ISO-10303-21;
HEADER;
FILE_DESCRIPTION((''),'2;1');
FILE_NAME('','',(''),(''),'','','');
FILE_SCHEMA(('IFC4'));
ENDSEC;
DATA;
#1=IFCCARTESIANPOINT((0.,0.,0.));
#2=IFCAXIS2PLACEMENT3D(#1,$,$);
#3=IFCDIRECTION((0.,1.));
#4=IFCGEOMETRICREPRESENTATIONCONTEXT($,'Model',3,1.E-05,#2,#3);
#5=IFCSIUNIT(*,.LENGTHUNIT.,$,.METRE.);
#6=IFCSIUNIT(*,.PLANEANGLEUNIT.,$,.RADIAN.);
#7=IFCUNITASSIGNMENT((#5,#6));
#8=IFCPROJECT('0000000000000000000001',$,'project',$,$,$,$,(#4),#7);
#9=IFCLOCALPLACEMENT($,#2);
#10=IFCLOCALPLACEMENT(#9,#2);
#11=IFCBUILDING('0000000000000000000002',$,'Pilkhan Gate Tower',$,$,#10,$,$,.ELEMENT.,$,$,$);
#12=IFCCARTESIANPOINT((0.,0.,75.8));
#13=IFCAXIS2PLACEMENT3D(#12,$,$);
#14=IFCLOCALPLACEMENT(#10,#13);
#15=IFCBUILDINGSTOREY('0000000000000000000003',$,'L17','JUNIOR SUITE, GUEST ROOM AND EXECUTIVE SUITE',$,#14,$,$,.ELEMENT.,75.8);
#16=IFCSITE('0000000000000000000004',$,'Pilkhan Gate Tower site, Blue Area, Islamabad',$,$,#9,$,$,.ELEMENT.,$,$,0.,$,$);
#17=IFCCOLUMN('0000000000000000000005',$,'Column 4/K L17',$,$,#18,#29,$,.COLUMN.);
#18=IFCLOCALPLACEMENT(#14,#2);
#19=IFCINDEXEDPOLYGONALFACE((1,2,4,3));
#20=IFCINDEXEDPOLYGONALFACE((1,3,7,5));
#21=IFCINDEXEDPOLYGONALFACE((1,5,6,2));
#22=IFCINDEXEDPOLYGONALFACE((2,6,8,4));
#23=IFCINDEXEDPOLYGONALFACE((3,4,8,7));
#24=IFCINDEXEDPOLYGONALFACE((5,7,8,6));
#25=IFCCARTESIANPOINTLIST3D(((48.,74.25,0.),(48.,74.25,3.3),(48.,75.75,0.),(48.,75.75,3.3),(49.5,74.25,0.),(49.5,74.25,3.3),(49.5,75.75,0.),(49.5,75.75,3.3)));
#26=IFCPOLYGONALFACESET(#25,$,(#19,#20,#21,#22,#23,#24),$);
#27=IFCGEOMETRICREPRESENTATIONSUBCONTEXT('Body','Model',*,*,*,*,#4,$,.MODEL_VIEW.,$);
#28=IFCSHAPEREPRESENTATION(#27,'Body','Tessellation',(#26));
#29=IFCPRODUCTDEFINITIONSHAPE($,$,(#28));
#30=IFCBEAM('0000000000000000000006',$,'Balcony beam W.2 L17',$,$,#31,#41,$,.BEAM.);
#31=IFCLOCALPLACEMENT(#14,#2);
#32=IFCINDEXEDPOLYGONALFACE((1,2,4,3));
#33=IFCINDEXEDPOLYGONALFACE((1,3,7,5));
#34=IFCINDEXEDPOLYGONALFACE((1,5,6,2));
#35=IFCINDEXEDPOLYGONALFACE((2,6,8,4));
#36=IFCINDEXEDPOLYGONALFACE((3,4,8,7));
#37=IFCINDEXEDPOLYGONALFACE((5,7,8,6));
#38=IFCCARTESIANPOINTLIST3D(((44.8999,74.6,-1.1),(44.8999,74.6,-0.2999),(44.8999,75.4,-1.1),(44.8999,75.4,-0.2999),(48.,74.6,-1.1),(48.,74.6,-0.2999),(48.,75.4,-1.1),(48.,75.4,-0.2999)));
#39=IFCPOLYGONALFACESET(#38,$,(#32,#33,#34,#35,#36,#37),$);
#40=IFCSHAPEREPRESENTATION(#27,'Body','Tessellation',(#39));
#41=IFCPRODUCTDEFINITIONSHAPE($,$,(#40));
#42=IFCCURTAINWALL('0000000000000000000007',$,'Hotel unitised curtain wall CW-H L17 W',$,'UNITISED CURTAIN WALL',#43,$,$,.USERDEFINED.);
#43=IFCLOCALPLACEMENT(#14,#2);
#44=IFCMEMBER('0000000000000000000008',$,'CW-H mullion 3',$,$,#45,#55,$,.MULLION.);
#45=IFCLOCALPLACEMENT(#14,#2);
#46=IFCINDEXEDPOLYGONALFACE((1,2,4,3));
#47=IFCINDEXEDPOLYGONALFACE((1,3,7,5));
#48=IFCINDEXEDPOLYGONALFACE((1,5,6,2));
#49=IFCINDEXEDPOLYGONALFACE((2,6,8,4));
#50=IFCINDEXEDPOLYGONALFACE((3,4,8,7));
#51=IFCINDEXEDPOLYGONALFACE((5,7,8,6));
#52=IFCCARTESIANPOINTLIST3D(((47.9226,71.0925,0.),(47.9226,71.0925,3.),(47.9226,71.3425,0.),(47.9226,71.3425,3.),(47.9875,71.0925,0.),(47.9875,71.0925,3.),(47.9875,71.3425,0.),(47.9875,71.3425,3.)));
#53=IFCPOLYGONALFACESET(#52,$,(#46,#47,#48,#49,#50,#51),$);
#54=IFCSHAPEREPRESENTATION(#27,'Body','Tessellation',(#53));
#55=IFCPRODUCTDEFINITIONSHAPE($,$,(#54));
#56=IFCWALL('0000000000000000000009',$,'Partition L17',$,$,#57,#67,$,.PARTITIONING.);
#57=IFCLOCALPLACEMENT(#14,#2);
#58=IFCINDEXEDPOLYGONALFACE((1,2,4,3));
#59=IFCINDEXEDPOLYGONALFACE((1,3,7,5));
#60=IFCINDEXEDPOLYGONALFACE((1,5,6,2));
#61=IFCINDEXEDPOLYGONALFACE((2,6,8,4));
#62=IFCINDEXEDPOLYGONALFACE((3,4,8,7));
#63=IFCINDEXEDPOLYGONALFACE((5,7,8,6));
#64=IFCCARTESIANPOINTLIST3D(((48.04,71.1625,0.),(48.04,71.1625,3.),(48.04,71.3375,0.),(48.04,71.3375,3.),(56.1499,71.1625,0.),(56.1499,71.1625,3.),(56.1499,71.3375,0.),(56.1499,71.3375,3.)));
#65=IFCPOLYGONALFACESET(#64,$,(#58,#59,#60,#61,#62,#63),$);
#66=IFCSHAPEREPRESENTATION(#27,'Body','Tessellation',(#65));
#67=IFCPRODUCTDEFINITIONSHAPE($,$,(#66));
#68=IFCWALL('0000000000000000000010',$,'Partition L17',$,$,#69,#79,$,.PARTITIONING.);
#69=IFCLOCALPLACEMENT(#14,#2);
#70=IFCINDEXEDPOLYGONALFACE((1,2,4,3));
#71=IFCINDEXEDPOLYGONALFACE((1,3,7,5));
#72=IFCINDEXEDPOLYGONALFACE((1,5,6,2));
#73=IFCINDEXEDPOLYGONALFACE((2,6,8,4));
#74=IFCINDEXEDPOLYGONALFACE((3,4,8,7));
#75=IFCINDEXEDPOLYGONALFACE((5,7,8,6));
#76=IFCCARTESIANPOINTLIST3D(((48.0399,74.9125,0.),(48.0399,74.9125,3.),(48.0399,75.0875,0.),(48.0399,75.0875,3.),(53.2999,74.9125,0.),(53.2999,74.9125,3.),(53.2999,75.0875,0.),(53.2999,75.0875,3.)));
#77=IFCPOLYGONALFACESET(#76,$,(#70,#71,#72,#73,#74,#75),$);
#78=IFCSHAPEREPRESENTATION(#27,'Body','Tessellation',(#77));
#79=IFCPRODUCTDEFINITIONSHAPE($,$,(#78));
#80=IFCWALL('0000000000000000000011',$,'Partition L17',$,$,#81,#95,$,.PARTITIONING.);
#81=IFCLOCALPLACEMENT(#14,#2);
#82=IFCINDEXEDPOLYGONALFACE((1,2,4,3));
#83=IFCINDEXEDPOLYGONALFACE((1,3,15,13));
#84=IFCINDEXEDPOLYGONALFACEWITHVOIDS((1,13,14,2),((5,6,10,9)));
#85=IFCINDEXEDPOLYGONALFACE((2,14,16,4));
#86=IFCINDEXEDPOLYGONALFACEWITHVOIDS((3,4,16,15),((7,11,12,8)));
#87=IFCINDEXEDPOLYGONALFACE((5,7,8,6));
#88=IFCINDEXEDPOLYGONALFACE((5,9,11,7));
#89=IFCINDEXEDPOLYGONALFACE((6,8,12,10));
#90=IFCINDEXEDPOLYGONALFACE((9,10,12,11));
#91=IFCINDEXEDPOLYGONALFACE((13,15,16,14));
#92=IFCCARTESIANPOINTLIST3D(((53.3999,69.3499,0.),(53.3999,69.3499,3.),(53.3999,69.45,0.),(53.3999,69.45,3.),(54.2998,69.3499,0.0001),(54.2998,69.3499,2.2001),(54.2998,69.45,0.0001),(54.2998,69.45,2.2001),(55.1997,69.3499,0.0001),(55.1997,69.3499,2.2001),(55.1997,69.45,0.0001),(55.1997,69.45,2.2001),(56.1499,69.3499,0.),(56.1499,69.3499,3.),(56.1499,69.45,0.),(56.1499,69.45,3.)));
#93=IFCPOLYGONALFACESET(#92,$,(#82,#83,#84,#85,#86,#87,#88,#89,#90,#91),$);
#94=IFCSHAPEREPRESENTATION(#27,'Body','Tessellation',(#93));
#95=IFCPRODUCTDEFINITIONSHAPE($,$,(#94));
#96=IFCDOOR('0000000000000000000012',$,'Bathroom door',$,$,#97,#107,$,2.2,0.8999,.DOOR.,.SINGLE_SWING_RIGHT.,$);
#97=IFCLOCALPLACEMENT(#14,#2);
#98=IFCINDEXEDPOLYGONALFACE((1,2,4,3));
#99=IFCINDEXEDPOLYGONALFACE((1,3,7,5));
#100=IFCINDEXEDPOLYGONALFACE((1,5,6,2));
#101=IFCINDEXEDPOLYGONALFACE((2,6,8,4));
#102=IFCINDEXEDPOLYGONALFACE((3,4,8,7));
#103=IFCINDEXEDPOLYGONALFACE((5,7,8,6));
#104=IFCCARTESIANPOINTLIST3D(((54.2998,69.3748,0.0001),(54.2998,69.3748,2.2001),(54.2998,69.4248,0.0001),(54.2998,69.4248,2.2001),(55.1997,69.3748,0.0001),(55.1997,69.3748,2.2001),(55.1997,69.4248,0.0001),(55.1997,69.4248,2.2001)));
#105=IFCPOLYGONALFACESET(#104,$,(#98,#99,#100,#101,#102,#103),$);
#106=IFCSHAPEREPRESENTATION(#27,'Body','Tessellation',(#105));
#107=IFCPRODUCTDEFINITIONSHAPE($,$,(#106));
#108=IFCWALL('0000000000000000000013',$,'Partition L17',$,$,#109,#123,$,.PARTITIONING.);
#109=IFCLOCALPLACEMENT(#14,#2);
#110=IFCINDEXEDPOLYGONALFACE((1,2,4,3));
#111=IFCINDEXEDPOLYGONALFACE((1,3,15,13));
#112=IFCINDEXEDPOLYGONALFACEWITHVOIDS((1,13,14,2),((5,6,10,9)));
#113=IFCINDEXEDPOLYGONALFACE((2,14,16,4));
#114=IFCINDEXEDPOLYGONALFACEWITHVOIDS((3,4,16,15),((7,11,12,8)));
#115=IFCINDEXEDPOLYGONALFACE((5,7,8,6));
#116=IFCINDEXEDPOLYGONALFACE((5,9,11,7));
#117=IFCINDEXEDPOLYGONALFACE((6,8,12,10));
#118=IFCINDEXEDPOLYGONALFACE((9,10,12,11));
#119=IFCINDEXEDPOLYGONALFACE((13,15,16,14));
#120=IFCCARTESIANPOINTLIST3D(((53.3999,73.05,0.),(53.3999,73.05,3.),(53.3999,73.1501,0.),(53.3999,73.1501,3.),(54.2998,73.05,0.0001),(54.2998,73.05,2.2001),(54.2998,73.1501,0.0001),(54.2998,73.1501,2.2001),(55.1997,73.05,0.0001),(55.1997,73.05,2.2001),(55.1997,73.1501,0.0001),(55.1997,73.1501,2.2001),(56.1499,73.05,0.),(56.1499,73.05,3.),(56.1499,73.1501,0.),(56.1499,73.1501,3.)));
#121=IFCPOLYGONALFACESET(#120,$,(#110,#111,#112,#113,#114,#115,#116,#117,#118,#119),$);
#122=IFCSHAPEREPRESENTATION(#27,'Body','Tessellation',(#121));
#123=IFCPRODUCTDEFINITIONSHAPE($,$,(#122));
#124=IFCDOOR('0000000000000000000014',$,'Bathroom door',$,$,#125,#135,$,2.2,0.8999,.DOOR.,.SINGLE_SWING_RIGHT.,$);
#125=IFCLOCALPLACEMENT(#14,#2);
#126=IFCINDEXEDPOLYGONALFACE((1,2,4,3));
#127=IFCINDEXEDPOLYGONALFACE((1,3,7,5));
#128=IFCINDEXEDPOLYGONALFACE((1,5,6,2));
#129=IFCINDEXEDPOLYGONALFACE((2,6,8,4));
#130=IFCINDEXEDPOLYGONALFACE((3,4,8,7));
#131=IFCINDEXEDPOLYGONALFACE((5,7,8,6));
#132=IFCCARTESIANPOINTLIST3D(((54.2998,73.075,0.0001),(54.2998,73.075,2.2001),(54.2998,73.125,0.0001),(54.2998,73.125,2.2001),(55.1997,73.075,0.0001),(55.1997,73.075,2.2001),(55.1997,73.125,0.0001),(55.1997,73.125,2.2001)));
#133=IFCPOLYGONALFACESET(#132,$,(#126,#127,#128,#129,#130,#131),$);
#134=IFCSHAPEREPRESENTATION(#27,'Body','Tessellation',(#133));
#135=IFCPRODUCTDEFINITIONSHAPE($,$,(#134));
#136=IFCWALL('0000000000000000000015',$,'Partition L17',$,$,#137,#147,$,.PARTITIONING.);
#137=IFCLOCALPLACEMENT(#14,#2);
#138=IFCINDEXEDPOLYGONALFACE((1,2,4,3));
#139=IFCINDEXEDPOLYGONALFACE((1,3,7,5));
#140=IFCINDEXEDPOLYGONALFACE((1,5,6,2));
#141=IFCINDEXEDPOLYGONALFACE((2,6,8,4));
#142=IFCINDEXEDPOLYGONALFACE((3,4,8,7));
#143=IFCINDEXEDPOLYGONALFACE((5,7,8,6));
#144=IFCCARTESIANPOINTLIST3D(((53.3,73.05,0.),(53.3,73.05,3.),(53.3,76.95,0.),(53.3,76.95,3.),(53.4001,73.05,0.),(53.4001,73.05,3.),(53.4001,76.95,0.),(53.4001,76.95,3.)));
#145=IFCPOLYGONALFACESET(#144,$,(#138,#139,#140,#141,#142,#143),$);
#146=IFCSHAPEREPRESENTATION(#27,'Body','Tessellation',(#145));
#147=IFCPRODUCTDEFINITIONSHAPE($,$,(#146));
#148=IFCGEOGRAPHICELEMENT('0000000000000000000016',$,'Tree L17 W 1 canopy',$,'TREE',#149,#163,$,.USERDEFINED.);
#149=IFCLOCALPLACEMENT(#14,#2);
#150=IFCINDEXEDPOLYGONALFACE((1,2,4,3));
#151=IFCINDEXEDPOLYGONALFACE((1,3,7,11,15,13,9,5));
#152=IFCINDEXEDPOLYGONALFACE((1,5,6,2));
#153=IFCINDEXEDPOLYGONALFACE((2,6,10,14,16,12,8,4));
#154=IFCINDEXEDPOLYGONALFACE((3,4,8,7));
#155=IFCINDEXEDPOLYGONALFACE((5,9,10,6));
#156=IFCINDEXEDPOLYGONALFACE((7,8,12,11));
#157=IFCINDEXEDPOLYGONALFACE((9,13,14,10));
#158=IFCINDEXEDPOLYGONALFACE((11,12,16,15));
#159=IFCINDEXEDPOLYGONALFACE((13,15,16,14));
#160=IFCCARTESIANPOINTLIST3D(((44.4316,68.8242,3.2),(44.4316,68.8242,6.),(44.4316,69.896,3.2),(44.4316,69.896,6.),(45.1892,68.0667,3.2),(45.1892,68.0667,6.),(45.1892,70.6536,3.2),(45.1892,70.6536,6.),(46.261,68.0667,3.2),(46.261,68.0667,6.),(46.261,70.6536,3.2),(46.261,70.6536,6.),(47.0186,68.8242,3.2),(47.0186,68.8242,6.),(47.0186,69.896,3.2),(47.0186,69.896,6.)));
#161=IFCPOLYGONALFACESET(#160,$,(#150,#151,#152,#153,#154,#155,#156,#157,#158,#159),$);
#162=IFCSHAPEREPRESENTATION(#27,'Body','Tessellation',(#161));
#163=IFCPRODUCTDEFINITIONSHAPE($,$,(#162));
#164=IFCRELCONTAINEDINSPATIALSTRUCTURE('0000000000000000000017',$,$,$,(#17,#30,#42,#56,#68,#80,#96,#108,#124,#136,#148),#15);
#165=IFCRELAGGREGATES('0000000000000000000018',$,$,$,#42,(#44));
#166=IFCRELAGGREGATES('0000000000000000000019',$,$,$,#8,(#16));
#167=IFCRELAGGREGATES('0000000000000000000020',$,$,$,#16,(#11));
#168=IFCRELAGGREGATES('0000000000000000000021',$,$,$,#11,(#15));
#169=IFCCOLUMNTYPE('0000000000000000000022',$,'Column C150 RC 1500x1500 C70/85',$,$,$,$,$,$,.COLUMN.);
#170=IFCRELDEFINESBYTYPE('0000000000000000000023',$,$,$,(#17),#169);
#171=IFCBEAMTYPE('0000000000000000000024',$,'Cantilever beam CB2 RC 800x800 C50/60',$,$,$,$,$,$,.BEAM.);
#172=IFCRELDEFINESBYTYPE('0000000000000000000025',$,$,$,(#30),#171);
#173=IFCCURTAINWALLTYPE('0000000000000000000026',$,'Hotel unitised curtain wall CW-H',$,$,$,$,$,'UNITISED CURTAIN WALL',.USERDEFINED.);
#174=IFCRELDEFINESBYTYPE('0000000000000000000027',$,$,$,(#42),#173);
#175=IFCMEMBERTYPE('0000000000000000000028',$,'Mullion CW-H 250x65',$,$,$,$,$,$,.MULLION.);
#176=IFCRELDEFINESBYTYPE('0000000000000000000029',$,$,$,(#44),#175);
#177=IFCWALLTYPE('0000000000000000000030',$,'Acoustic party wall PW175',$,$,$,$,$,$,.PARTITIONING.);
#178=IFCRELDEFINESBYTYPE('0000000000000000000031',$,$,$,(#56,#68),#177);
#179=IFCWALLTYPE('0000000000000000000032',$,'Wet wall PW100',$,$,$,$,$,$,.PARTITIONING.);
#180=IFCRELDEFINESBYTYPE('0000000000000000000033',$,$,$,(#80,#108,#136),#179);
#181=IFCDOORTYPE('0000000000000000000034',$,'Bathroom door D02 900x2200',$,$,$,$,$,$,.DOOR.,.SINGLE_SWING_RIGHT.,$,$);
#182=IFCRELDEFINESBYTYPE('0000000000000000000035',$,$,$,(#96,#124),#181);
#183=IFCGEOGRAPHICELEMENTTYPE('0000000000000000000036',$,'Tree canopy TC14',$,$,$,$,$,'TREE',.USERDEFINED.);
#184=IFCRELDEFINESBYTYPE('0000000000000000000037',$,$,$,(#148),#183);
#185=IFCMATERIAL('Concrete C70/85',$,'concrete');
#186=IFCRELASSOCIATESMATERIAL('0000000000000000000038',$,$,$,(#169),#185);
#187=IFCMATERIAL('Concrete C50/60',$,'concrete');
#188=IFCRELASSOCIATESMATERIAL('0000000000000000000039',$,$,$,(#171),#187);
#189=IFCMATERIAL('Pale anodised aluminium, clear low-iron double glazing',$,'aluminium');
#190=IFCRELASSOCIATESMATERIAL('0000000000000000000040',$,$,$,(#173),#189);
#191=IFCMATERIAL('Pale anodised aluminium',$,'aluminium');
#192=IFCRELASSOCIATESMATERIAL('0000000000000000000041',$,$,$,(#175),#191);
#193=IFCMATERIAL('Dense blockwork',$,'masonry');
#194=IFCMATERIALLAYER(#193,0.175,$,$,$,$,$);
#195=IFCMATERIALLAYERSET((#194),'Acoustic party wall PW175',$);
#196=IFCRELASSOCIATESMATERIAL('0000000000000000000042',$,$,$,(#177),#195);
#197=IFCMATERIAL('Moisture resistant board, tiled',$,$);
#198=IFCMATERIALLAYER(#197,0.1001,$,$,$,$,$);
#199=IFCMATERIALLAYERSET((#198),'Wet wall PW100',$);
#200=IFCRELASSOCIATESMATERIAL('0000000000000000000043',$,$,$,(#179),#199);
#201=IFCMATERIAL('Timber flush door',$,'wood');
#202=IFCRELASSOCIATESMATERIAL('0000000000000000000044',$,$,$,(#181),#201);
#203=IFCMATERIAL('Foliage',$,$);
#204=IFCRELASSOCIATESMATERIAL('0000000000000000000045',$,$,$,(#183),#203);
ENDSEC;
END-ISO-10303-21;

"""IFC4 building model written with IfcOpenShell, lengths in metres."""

from ifc_helpers import new_model, si_unit, direction, frame, frame_2d, origin, origin_2d, place, context, subcontext, project, spatial, polyline, rectangle, outline, extrude, material, layer, layer_set, material_profile, profile_set, type_object, element, fill, aggregate, save


model = new_model("IFC4")

# Units and contexts
model_context = context("Model", 3, precision=1e-05, world=origin(), true_north=direction((0.0, 1.0)))
body_context = subcontext(model_context, "Body", "Model", "MODEL_VIEW")
ifc_project = project(units=[si_unit("LENGTHUNIT", "METRE"), si_unit("PLANEANGLEUNIT", "RADIAN")], contexts=[model_context])

# Site, building, storey
site_placement = place(None, origin())
site = spatial("IfcSite", under=ifc_project, at=site_placement, Name="Pilkhan Gate Tower site, Blue Area, Islamabad", CompositionType="ELEMENT", RefElevation=0.0)
building_placement = place(site_placement, origin())
building = spatial("IfcBuilding", under=site, at=building_placement, Name="Pilkhan Gate Tower", CompositionType="ELEMENT")
storey_placement = place(building_placement, frame((0.0, 0.0, 75.8)))
storey = spatial("IfcBuildingStorey", under=building, at=storey_placement, Name="L17", Description="JUNIOR SUITE, GUEST ROOM AND EXECUTIVE SUITE", CompositionType="ELEMENT", Elevation=75.8)

# Column
ifc_material_1 = material(Name="Concrete C70/85", Category="concrete")
ifc_material_profile_1 = material_profile(ifc_material_1, rectangle(XDim=1.5, YDim=1.5, at=origin_2d()), Name="RC 1500x1500")
ifc_profile_set_1 = profile_set([ifc_material_profile_1], Name="Concrete C70/85")
column_type = type_object("IfcColumnType", Name="Column C150 RC 1500x1500 C70/85", PredefinedType="COLUMN", material=ifc_profile_set_1)
column_placement = place(storey_placement, frame((48.75, 75.0, 0.0), z_axis=(0.0, 0.0, 1.0), x_axis=(1.0, 0.0, 0.0)))
element("IfcColumn", 1, at=column_placement, inside=storey, type_object=column_type, Name="Column 4/K L17", PredefinedType="COLUMN", context=body_context, shape_type="SweptSolid", body=[
    extrude(rectangle(XDim=1.5, YDim=1.5, at=origin_2d()), origin(), (0.0, 0.0, 1.0), 3.3),
])

# Beam
ifc_material_2 = material(Name="Concrete C50/60", Category="concrete")
ifc_material_profile_2 = material_profile(ifc_material_2, rectangle(XDim=0.8, YDim=0.8, at=origin_2d()), Name="RC 800x800")
ifc_profile_set_2 = profile_set([ifc_material_profile_2], Name="Concrete C50/60")
beam_type = type_object("IfcBeamType", Name="Cantilever beam CB2 RC 800x800 C50/60", PredefinedType="BEAM", material=ifc_profile_set_2)
beam_placement = place(storey_placement, frame((48.0, 75.0, -0.7), z_axis=(-1.0, 0.0, 0.0), x_axis=(0.0, -1.0, 0.0)))
element("IfcBeam", 2, at=beam_placement, inside=storey, type_object=beam_type, Name="Balcony beam W.2 L17", PredefinedType="BEAM", context=body_context, shape_type="SweptSolid", body=[
    extrude(rectangle(XDim=0.8, YDim=0.8, at=origin_2d()), origin(), (0.0, 0.0, 1.0), 3.1001),
])

# Curtain wall, member
ifc_material_3 = material(Name="Pale anodised aluminium, clear low-iron double glazing", Category="aluminium")
curtain_wall_type = type_object("IfcCurtainWallType", Name="Hotel unitised curtain wall CW-H", ElementType="UNITISED CURTAIN WALL", PredefinedType="USERDEFINED", material=ifc_material_3)
curtain_wall_placement = place(storey_placement, origin())
curtain_wall = element("IfcCurtainWall", 3, at=curtain_wall_placement, inside=storey, type_object=curtain_wall_type, Name="Hotel unitised curtain wall CW-H L17 W", ObjectType="UNITISED CURTAIN WALL", PredefinedType="USERDEFINED")
ifc_material_4 = material(Name="Pale anodised aluminium", Category="aluminium")
ifc_material_profile_3 = material_profile(ifc_material_4, rectangle(XDim=0.0649, YDim=0.25, at=origin_2d()), Name="Mullion 250x65")
ifc_profile_set_3 = profile_set([ifc_material_profile_3], Name="Pale anodised aluminium")
member_type = type_object("IfcMemberType", Name="Mullion CW-H 250x65", PredefinedType="MULLION", material=ifc_profile_set_3)
member_placement = place(storey_placement, frame((47.9551, 71.2175, 0.0), z_axis=(0.0, 0.0, 1.0), x_axis=(-1.0, 0.0, 0.0)))
member = element("IfcMember", 4, at=member_placement, type_object=member_type, Name="CW-H mullion 3", PredefinedType="MULLION", context=body_context, shape_type="SweptSolid", body=[
    extrude(rectangle(XDim=0.0649, YDim=0.25, at=origin_2d()), origin(), (0.0, 0.0, 1.0), 3.0),
])
aggregate(curtain_wall, [member])

# Walls
ifc_material_5 = material(Name="Dense blockwork", Category="masonry")
ifc_layer_1 = layer(ifc_material_5, 0.175)
ifc_layer_set_1 = layer_set([ifc_layer_1], Name="Acoustic party wall PW175")
wall_type_1 = type_object("IfcWallType", Name="Acoustic party wall PW175", PredefinedType="PARTITIONING", material=ifc_layer_set_1)
wall_1_placement = place(storey_placement, frame((48.04, 71.25, 0.0), z_axis=(0.0, 0.0, 1.0), x_axis=(1.0, 0.0, 0.0)))
element("IfcWall", 5, at=wall_1_placement, inside=storey, type_object=wall_type_1, Name="Partition L17", PredefinedType="PARTITIONING", context=body_context, shape_type="SweptSolid", body=[
    extrude(rectangle(XDim=8.1099, YDim=0.175, at=frame_2d((4.0549, 0.0))), origin(), (0.0, 0.0, 1.0), 3.0),
])
wall_2_placement = place(storey_placement, frame((48.04, 75.0, 0.0), z_axis=(0.0, 0.0, 1.0), x_axis=(1.0, 0.0, 0.0)))
element("IfcWall", 6, at=wall_2_placement, inside=storey, type_object=wall_type_1, Name="Partition L17", PredefinedType="PARTITIONING", context=body_context, shape_type="SweptSolid", body=[
    extrude(rectangle(XDim=5.26, YDim=0.175, at=frame_2d((2.6299, 0.0))), origin(), (0.0, 0.0, 1.0), 3.0),
])

# Walls, openings, doors
ifc_material_6 = material(Name="Moisture resistant board, tiled")
ifc_layer_2 = layer(ifc_material_6, 0.1001)
ifc_layer_set_2 = layer_set([ifc_layer_2], Name="Wet wall PW100")
wall_type_2 = type_object("IfcWallType", Name="Wet wall PW100", PredefinedType="PARTITIONING", material=ifc_layer_set_2)
wall_3_placement = place(storey_placement, frame((53.3999, 69.3999, 0.0), z_axis=(0.0, 0.0, 1.0), x_axis=(1.0, 0.0, 0.0)))
wall_3 = element("IfcWall", 7, at=wall_3_placement, inside=storey, type_object=wall_type_2, Name="Partition L17", PredefinedType="PARTITIONING", context=body_context, shape_type="SweptSolid", body=[
    extrude(rectangle(XDim=2.75, YDim=0.1001, at=frame_2d((1.375, 0.0))), origin(), (0.0, 0.0, 1.0), 3.0),
])
opening_1_placement = place(wall_3_placement, frame((0.8999, 0.0, 0.0)))
opening_1 = element("IfcOpeningElement", 8, at=opening_1_placement, cuts=wall_3, PredefinedType="OPENING", context=body_context, shape_type="SweptSolid", body=[
    extrude(rectangle(XDim=0.8999, YDim=2.2, at=frame_2d((0.45, 1.1001))), frame((0.0, 0.0601, 0.0), z_axis=(0.0, -1.0, 0.0), x_axis=(1.0, 0.0, 0.0)), (0.0, 0.0, 1.0), 0.1201),
])
ifc_material_7 = material(Name="Timber flush door", Category="wood")
door_type_1 = type_object("IfcDoorType", Name="Bathroom door D02 900x2200", OperationType="SINGLE_SWING_RIGHT", PredefinedType="DOOR", material=ifc_material_7)
door_1_placement = place(opening_1_placement, origin())
door_1 = element("IfcDoor", 9, at=door_1_placement, inside=storey, type_object=door_type_1, Name="Bathroom door", OperationType="SINGLE_SWING_RIGHT", OverallHeight=2.2, OverallWidth=0.8999, PredefinedType="DOOR", context=body_context, shape_type="SweptSolid", body=[
    extrude(rectangle(XDim=0.8999, YDim=2.2, at=frame_2d((0.45, 1.1001))), frame((0.0, 0.0249, 0.0), z_axis=(0.0, -1.0, 0.0), x_axis=(1.0, 0.0, 0.0)), (0.0, 0.0, 1.0), 0.05),
])
fill(opening_1, door_1)
wall_4_placement = place(storey_placement, frame((53.3999, 73.1001, 0.0), z_axis=(0.0, 0.0, 1.0), x_axis=(1.0, 0.0, 0.0)))
wall_4 = element("IfcWall", 10, at=wall_4_placement, inside=storey, type_object=wall_type_2, Name="Partition L17", PredefinedType="PARTITIONING", context=body_context, shape_type="SweptSolid", body=[
    extrude(rectangle(XDim=2.75, YDim=0.1001, at=frame_2d((1.375, 0.0))), origin(), (0.0, 0.0, 1.0), 3.0),
])
opening_2_placement = place(wall_4_placement, frame((0.8999, 0.0, 0.0)))
opening_2 = element("IfcOpeningElement", 11, at=opening_2_placement, cuts=wall_4, PredefinedType="OPENING", context=body_context, shape_type="SweptSolid", body=[
    extrude(rectangle(XDim=0.8999, YDim=2.2, at=frame_2d((0.45, 1.1001))), frame((0.0, 0.0601, 0.0), z_axis=(0.0, -1.0, 0.0), x_axis=(1.0, 0.0, 0.0)), (0.0, 0.0, 1.0), 0.1201),
])
door_2_placement = place(opening_2_placement, origin())
door_2 = element("IfcDoor", 12, at=door_2_placement, inside=storey, type_object=door_type_1, Name="Bathroom door", OperationType="SINGLE_SWING_RIGHT", OverallHeight=2.2, OverallWidth=0.8999, PredefinedType="DOOR", context=body_context, shape_type="SweptSolid", body=[
    extrude(rectangle(XDim=0.8999, YDim=2.2, at=frame_2d((0.45, 1.1001))), frame((0.0, 0.0249, 0.0), z_axis=(0.0, -1.0, 0.0), x_axis=(1.0, 0.0, 0.0)), (0.0, 0.0, 1.0), 0.05),
])
fill(opening_2, door_2)

# Wall
wall_5_placement = place(storey_placement, frame((53.3501, 73.05, 0.0), z_axis=(0.0, 0.0, 1.0), x_axis=(0.0, 1.0, 0.0)))
element("IfcWall", 13, at=wall_5_placement, inside=storey, type_object=wall_type_2, Name="Partition L17", PredefinedType="PARTITIONING", context=body_context, shape_type="SweptSolid", body=[
    extrude(rectangle(XDim=3.8999, YDim=0.1001, at=frame_2d((1.95, 0.0))), origin(), (0.0, 0.0, 1.0), 3.0),
])

# Geographic element
ifc_material_8 = material(Name="Foliage")
ifc_material_profile_4 = material_profile(ifc_material_8, outline(polyline([(1.2935, 0.5359), (0.5359, 1.2935), (-0.5359, 1.2935), (-1.2935, 0.5359), (-1.2935, -0.5359), (-0.5359, -1.2935), (0.5359, -1.2935), (1.2935, -0.5359), (1.2935, 0.5359)])), Name="Canopy D2.8")
ifc_profile_set_4 = profile_set([ifc_material_profile_4], Name="Foliage")
geographic_element_type_1 = type_object("IfcGeographicElementType", Name="Tree canopy TC14", ElementType="TREE", PredefinedType="USERDEFINED", material=ifc_profile_set_4)
for number, where, z_axis, x_axis, name in (
    (14, (45.7251, 69.3601, 3.2), (0.0, 0.0, 1.0), (1.0, 0.0, 0.0), "Tree L17 W 1 canopy"),
):
    element("IfcGeographicElement", number, at=place(storey_placement, frame(where, z_axis=z_axis, x_axis=x_axis)), inside=storey, type_object=geographic_element_type_1, Name=name, ObjectType="TREE", PredefinedType="USERDEFINED", context=body_context, shape_type="SweptSolid", body=[
        extrude(outline(polyline([(1.2935, 0.5359), (0.5359, 1.2935), (-0.5359, 1.2935), (-1.2935, 0.5359), (-1.2935, -0.5359), (-0.5359, -1.2935), (0.5359, -1.2935), (1.2935, -0.5359), (1.2935, 0.5359)])), origin(), (0.0, 0.0, 1.0), 2.8),
    ])

save(model, "model.ifc")
